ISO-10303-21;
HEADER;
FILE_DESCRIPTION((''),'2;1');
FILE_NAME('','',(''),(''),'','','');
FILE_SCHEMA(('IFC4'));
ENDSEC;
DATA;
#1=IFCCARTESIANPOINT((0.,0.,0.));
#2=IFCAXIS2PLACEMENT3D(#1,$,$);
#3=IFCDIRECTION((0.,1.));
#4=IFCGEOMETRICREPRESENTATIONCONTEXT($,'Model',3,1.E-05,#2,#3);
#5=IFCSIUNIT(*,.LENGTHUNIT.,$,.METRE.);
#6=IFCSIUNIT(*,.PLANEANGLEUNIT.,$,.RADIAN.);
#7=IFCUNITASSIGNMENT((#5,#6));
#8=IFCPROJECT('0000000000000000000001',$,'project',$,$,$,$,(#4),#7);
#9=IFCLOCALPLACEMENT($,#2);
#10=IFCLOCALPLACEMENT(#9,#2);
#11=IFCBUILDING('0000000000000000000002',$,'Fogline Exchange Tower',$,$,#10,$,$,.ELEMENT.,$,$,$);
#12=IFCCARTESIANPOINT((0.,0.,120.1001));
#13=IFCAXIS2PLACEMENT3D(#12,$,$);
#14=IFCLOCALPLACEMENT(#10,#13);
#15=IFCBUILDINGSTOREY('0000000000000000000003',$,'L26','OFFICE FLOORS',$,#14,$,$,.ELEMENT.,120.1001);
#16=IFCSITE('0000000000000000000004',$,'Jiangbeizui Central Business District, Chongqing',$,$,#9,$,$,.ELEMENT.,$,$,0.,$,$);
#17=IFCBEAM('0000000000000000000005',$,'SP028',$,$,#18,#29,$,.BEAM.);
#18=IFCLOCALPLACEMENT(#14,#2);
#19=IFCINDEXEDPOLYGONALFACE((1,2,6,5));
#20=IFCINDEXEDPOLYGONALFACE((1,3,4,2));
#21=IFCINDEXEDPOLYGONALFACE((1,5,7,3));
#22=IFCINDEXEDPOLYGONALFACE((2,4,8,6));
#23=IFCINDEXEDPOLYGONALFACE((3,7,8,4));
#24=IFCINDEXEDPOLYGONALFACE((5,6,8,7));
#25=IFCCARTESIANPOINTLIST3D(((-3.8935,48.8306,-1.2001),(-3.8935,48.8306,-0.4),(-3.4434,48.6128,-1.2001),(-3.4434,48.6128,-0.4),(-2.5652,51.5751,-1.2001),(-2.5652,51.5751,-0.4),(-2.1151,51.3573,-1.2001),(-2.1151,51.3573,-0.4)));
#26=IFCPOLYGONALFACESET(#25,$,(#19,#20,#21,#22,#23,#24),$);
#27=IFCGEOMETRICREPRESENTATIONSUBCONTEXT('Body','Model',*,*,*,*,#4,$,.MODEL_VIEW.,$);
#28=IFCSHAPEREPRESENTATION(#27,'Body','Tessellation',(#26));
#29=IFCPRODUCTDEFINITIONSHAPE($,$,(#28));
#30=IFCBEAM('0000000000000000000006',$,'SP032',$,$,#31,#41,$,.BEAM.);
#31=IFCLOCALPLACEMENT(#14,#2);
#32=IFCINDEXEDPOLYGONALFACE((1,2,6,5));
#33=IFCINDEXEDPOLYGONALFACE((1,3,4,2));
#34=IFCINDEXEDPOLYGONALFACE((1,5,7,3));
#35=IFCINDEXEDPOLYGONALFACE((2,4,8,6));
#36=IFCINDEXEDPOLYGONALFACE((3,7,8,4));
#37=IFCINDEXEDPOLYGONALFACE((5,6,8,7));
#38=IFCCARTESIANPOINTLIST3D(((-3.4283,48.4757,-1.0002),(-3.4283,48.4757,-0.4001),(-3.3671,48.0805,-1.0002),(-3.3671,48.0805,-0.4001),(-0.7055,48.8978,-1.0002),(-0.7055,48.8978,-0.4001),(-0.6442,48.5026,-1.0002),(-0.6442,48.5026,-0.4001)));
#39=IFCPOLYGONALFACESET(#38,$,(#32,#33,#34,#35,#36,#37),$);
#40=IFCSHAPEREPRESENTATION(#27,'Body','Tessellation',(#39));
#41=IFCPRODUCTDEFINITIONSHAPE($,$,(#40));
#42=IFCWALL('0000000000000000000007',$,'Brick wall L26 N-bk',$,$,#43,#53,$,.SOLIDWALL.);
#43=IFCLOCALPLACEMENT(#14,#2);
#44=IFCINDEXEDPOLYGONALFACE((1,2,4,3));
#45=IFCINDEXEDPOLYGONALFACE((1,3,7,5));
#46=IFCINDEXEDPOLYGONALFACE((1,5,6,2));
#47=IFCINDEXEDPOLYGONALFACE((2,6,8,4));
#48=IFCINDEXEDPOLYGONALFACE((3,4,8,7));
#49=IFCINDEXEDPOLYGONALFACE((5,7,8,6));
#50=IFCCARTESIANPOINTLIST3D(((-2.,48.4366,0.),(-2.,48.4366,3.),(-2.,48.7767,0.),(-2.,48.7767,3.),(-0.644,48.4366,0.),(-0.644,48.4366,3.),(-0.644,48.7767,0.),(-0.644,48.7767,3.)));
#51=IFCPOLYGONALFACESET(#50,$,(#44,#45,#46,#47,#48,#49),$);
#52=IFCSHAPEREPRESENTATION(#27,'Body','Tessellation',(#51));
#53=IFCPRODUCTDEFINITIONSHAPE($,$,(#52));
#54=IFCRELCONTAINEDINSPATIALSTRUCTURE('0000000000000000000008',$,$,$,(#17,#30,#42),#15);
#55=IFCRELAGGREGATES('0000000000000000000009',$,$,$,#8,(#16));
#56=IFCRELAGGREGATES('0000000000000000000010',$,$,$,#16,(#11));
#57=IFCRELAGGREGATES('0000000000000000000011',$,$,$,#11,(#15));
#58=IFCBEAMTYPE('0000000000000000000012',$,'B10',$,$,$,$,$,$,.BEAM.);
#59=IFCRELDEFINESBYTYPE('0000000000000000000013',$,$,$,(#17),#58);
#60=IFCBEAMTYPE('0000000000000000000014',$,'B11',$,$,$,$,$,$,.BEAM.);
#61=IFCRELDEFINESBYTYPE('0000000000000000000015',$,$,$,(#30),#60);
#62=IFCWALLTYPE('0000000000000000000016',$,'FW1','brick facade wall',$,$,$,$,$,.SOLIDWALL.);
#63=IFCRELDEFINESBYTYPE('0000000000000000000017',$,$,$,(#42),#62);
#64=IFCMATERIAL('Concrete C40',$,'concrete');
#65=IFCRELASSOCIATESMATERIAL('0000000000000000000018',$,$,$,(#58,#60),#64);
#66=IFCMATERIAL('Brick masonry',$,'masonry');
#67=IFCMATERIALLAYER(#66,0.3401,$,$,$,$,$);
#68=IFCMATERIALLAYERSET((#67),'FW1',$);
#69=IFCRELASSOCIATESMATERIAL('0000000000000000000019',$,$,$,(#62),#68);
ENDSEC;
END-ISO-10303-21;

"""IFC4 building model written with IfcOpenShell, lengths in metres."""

from ifc_helpers import new_model, si_unit, direction, frame, frame_2d, origin, origin_2d, place, context, subcontext, project, spatial, rectangle, extrude, material, layer, layer_set, material_profile, profile_set, type_object, element, save


model = new_model("IFC4")

# Units and contexts
model_context = context("Model", 3, precision=1e-05, world=origin(), true_north=direction((0.0, 1.0)))
body_context = subcontext(model_context, "Body", "Model", "MODEL_VIEW")
ifc_project = project(units=[si_unit("LENGTHUNIT", "METRE"), si_unit("PLANEANGLEUNIT", "RADIAN")], contexts=[model_context])

# Site, building, storey
site_placement = place(None, origin())
site = spatial("IfcSite", under=ifc_project, at=site_placement, Name="Jiangbeizui Central Business District, Chongqing", CompositionType="ELEMENT", RefElevation=0.0)
building_placement = place(site_placement, origin())
building = spatial("IfcBuilding", under=site, at=building_placement, Name="Fogline Exchange Tower", CompositionType="ELEMENT")
storey_placement = place(building_placement, frame((0.0, 0.0, 120.1001)))
storey = spatial("IfcBuildingStorey", under=building, at=storey_placement, Name="L26", Description="OFFICE FLOORS", CompositionType="ELEMENT", Elevation=120.1001)

# Beams
ifc_material_1 = material(Name="Concrete C40", Category="concrete")
ifc_material_profile_1 = material_profile(ifc_material_1, rectangle(XDim=0.5, YDim=0.8, at=origin_2d()), Name="RC 500x800")
ifc_profile_set_1 = profile_set([ifc_material_profile_1], Name="Concrete C40")
beam_type_1 = type_object("IfcBeamType", Name="B10", PredefinedType="BEAM", material=ifc_profile_set_1)
beam_1_placement = place(storey_placement, frame((-3.6685, 48.7217, -0.8), z_axis=(0.435647, 0.900118, 0.0), x_axis=(-0.900118, 0.435647, 0.0)))
element("IfcBeam", 1, at=beam_1_placement, inside=storey, type_object=beam_type_1, Name="SP028", PredefinedType="BEAM", context=body_context, shape_type="SweptSolid", body=[
    extrude(rectangle(XDim=0.5, YDim=0.8, at=origin_2d()), origin(), (0.0, 0.0, 1.0), 3.0491),
])
ifc_material_profile_2 = material_profile(ifc_material_1, rectangle(XDim=0.3999, YDim=0.6001, at=origin_2d()), Name="RC 400x600")
ifc_profile_set_2 = profile_set([ifc_material_profile_2], Name="Concrete C40")
beam_type_2 = type_object("IfcBeamType", Name="B11", PredefinedType="BEAM", material=ifc_profile_set_2)
beam_2_placement = place(storey_placement, frame((-3.3977, 48.2781, -0.7002), z_axis=(0.988196, 0.153196, 0.0), x_axis=(-0.153196, 0.988196, 0.0)))
element("IfcBeam", 2, at=beam_2_placement, inside=storey, type_object=beam_type_2, Name="SP032", PredefinedType="BEAM", context=body_context, shape_type="SweptSolid", body=[
    extrude(rectangle(XDim=0.3999, YDim=0.6001, at=origin_2d()), origin(), (0.0, 0.0, 1.0), 2.7554),
])

# Wall
ifc_material_2 = material(Name="Brick masonry", Category="masonry")
ifc_layer = layer(ifc_material_2, 0.3401)
ifc_layer_set = layer_set([ifc_layer], Name="FW1")
wall_type = type_object("IfcWallType", Name="FW1", Description="brick facade wall", PredefinedType="SOLIDWALL", material=ifc_layer_set)
wall_1_placement = place(storey_placement, frame((-0.644, 48.6067, 0.0), z_axis=(0.0, 0.0, 1.0), x_axis=(-1.0, 0.0, 0.0)))
element("IfcWall", 3, at=wall_1_placement, inside=storey, type_object=wall_type, Name="Brick wall L26 N-bk", PredefinedType="SOLIDWALL", context=body_context, shape_type="SweptSolid", body=[
    extrude(rectangle(XDim=1.356, YDim=0.3401, at=frame_2d((0.678, 0.0))), origin(), (0.0, 0.0, 1.0), 3.0),
])

save(model, "model.ifc")
